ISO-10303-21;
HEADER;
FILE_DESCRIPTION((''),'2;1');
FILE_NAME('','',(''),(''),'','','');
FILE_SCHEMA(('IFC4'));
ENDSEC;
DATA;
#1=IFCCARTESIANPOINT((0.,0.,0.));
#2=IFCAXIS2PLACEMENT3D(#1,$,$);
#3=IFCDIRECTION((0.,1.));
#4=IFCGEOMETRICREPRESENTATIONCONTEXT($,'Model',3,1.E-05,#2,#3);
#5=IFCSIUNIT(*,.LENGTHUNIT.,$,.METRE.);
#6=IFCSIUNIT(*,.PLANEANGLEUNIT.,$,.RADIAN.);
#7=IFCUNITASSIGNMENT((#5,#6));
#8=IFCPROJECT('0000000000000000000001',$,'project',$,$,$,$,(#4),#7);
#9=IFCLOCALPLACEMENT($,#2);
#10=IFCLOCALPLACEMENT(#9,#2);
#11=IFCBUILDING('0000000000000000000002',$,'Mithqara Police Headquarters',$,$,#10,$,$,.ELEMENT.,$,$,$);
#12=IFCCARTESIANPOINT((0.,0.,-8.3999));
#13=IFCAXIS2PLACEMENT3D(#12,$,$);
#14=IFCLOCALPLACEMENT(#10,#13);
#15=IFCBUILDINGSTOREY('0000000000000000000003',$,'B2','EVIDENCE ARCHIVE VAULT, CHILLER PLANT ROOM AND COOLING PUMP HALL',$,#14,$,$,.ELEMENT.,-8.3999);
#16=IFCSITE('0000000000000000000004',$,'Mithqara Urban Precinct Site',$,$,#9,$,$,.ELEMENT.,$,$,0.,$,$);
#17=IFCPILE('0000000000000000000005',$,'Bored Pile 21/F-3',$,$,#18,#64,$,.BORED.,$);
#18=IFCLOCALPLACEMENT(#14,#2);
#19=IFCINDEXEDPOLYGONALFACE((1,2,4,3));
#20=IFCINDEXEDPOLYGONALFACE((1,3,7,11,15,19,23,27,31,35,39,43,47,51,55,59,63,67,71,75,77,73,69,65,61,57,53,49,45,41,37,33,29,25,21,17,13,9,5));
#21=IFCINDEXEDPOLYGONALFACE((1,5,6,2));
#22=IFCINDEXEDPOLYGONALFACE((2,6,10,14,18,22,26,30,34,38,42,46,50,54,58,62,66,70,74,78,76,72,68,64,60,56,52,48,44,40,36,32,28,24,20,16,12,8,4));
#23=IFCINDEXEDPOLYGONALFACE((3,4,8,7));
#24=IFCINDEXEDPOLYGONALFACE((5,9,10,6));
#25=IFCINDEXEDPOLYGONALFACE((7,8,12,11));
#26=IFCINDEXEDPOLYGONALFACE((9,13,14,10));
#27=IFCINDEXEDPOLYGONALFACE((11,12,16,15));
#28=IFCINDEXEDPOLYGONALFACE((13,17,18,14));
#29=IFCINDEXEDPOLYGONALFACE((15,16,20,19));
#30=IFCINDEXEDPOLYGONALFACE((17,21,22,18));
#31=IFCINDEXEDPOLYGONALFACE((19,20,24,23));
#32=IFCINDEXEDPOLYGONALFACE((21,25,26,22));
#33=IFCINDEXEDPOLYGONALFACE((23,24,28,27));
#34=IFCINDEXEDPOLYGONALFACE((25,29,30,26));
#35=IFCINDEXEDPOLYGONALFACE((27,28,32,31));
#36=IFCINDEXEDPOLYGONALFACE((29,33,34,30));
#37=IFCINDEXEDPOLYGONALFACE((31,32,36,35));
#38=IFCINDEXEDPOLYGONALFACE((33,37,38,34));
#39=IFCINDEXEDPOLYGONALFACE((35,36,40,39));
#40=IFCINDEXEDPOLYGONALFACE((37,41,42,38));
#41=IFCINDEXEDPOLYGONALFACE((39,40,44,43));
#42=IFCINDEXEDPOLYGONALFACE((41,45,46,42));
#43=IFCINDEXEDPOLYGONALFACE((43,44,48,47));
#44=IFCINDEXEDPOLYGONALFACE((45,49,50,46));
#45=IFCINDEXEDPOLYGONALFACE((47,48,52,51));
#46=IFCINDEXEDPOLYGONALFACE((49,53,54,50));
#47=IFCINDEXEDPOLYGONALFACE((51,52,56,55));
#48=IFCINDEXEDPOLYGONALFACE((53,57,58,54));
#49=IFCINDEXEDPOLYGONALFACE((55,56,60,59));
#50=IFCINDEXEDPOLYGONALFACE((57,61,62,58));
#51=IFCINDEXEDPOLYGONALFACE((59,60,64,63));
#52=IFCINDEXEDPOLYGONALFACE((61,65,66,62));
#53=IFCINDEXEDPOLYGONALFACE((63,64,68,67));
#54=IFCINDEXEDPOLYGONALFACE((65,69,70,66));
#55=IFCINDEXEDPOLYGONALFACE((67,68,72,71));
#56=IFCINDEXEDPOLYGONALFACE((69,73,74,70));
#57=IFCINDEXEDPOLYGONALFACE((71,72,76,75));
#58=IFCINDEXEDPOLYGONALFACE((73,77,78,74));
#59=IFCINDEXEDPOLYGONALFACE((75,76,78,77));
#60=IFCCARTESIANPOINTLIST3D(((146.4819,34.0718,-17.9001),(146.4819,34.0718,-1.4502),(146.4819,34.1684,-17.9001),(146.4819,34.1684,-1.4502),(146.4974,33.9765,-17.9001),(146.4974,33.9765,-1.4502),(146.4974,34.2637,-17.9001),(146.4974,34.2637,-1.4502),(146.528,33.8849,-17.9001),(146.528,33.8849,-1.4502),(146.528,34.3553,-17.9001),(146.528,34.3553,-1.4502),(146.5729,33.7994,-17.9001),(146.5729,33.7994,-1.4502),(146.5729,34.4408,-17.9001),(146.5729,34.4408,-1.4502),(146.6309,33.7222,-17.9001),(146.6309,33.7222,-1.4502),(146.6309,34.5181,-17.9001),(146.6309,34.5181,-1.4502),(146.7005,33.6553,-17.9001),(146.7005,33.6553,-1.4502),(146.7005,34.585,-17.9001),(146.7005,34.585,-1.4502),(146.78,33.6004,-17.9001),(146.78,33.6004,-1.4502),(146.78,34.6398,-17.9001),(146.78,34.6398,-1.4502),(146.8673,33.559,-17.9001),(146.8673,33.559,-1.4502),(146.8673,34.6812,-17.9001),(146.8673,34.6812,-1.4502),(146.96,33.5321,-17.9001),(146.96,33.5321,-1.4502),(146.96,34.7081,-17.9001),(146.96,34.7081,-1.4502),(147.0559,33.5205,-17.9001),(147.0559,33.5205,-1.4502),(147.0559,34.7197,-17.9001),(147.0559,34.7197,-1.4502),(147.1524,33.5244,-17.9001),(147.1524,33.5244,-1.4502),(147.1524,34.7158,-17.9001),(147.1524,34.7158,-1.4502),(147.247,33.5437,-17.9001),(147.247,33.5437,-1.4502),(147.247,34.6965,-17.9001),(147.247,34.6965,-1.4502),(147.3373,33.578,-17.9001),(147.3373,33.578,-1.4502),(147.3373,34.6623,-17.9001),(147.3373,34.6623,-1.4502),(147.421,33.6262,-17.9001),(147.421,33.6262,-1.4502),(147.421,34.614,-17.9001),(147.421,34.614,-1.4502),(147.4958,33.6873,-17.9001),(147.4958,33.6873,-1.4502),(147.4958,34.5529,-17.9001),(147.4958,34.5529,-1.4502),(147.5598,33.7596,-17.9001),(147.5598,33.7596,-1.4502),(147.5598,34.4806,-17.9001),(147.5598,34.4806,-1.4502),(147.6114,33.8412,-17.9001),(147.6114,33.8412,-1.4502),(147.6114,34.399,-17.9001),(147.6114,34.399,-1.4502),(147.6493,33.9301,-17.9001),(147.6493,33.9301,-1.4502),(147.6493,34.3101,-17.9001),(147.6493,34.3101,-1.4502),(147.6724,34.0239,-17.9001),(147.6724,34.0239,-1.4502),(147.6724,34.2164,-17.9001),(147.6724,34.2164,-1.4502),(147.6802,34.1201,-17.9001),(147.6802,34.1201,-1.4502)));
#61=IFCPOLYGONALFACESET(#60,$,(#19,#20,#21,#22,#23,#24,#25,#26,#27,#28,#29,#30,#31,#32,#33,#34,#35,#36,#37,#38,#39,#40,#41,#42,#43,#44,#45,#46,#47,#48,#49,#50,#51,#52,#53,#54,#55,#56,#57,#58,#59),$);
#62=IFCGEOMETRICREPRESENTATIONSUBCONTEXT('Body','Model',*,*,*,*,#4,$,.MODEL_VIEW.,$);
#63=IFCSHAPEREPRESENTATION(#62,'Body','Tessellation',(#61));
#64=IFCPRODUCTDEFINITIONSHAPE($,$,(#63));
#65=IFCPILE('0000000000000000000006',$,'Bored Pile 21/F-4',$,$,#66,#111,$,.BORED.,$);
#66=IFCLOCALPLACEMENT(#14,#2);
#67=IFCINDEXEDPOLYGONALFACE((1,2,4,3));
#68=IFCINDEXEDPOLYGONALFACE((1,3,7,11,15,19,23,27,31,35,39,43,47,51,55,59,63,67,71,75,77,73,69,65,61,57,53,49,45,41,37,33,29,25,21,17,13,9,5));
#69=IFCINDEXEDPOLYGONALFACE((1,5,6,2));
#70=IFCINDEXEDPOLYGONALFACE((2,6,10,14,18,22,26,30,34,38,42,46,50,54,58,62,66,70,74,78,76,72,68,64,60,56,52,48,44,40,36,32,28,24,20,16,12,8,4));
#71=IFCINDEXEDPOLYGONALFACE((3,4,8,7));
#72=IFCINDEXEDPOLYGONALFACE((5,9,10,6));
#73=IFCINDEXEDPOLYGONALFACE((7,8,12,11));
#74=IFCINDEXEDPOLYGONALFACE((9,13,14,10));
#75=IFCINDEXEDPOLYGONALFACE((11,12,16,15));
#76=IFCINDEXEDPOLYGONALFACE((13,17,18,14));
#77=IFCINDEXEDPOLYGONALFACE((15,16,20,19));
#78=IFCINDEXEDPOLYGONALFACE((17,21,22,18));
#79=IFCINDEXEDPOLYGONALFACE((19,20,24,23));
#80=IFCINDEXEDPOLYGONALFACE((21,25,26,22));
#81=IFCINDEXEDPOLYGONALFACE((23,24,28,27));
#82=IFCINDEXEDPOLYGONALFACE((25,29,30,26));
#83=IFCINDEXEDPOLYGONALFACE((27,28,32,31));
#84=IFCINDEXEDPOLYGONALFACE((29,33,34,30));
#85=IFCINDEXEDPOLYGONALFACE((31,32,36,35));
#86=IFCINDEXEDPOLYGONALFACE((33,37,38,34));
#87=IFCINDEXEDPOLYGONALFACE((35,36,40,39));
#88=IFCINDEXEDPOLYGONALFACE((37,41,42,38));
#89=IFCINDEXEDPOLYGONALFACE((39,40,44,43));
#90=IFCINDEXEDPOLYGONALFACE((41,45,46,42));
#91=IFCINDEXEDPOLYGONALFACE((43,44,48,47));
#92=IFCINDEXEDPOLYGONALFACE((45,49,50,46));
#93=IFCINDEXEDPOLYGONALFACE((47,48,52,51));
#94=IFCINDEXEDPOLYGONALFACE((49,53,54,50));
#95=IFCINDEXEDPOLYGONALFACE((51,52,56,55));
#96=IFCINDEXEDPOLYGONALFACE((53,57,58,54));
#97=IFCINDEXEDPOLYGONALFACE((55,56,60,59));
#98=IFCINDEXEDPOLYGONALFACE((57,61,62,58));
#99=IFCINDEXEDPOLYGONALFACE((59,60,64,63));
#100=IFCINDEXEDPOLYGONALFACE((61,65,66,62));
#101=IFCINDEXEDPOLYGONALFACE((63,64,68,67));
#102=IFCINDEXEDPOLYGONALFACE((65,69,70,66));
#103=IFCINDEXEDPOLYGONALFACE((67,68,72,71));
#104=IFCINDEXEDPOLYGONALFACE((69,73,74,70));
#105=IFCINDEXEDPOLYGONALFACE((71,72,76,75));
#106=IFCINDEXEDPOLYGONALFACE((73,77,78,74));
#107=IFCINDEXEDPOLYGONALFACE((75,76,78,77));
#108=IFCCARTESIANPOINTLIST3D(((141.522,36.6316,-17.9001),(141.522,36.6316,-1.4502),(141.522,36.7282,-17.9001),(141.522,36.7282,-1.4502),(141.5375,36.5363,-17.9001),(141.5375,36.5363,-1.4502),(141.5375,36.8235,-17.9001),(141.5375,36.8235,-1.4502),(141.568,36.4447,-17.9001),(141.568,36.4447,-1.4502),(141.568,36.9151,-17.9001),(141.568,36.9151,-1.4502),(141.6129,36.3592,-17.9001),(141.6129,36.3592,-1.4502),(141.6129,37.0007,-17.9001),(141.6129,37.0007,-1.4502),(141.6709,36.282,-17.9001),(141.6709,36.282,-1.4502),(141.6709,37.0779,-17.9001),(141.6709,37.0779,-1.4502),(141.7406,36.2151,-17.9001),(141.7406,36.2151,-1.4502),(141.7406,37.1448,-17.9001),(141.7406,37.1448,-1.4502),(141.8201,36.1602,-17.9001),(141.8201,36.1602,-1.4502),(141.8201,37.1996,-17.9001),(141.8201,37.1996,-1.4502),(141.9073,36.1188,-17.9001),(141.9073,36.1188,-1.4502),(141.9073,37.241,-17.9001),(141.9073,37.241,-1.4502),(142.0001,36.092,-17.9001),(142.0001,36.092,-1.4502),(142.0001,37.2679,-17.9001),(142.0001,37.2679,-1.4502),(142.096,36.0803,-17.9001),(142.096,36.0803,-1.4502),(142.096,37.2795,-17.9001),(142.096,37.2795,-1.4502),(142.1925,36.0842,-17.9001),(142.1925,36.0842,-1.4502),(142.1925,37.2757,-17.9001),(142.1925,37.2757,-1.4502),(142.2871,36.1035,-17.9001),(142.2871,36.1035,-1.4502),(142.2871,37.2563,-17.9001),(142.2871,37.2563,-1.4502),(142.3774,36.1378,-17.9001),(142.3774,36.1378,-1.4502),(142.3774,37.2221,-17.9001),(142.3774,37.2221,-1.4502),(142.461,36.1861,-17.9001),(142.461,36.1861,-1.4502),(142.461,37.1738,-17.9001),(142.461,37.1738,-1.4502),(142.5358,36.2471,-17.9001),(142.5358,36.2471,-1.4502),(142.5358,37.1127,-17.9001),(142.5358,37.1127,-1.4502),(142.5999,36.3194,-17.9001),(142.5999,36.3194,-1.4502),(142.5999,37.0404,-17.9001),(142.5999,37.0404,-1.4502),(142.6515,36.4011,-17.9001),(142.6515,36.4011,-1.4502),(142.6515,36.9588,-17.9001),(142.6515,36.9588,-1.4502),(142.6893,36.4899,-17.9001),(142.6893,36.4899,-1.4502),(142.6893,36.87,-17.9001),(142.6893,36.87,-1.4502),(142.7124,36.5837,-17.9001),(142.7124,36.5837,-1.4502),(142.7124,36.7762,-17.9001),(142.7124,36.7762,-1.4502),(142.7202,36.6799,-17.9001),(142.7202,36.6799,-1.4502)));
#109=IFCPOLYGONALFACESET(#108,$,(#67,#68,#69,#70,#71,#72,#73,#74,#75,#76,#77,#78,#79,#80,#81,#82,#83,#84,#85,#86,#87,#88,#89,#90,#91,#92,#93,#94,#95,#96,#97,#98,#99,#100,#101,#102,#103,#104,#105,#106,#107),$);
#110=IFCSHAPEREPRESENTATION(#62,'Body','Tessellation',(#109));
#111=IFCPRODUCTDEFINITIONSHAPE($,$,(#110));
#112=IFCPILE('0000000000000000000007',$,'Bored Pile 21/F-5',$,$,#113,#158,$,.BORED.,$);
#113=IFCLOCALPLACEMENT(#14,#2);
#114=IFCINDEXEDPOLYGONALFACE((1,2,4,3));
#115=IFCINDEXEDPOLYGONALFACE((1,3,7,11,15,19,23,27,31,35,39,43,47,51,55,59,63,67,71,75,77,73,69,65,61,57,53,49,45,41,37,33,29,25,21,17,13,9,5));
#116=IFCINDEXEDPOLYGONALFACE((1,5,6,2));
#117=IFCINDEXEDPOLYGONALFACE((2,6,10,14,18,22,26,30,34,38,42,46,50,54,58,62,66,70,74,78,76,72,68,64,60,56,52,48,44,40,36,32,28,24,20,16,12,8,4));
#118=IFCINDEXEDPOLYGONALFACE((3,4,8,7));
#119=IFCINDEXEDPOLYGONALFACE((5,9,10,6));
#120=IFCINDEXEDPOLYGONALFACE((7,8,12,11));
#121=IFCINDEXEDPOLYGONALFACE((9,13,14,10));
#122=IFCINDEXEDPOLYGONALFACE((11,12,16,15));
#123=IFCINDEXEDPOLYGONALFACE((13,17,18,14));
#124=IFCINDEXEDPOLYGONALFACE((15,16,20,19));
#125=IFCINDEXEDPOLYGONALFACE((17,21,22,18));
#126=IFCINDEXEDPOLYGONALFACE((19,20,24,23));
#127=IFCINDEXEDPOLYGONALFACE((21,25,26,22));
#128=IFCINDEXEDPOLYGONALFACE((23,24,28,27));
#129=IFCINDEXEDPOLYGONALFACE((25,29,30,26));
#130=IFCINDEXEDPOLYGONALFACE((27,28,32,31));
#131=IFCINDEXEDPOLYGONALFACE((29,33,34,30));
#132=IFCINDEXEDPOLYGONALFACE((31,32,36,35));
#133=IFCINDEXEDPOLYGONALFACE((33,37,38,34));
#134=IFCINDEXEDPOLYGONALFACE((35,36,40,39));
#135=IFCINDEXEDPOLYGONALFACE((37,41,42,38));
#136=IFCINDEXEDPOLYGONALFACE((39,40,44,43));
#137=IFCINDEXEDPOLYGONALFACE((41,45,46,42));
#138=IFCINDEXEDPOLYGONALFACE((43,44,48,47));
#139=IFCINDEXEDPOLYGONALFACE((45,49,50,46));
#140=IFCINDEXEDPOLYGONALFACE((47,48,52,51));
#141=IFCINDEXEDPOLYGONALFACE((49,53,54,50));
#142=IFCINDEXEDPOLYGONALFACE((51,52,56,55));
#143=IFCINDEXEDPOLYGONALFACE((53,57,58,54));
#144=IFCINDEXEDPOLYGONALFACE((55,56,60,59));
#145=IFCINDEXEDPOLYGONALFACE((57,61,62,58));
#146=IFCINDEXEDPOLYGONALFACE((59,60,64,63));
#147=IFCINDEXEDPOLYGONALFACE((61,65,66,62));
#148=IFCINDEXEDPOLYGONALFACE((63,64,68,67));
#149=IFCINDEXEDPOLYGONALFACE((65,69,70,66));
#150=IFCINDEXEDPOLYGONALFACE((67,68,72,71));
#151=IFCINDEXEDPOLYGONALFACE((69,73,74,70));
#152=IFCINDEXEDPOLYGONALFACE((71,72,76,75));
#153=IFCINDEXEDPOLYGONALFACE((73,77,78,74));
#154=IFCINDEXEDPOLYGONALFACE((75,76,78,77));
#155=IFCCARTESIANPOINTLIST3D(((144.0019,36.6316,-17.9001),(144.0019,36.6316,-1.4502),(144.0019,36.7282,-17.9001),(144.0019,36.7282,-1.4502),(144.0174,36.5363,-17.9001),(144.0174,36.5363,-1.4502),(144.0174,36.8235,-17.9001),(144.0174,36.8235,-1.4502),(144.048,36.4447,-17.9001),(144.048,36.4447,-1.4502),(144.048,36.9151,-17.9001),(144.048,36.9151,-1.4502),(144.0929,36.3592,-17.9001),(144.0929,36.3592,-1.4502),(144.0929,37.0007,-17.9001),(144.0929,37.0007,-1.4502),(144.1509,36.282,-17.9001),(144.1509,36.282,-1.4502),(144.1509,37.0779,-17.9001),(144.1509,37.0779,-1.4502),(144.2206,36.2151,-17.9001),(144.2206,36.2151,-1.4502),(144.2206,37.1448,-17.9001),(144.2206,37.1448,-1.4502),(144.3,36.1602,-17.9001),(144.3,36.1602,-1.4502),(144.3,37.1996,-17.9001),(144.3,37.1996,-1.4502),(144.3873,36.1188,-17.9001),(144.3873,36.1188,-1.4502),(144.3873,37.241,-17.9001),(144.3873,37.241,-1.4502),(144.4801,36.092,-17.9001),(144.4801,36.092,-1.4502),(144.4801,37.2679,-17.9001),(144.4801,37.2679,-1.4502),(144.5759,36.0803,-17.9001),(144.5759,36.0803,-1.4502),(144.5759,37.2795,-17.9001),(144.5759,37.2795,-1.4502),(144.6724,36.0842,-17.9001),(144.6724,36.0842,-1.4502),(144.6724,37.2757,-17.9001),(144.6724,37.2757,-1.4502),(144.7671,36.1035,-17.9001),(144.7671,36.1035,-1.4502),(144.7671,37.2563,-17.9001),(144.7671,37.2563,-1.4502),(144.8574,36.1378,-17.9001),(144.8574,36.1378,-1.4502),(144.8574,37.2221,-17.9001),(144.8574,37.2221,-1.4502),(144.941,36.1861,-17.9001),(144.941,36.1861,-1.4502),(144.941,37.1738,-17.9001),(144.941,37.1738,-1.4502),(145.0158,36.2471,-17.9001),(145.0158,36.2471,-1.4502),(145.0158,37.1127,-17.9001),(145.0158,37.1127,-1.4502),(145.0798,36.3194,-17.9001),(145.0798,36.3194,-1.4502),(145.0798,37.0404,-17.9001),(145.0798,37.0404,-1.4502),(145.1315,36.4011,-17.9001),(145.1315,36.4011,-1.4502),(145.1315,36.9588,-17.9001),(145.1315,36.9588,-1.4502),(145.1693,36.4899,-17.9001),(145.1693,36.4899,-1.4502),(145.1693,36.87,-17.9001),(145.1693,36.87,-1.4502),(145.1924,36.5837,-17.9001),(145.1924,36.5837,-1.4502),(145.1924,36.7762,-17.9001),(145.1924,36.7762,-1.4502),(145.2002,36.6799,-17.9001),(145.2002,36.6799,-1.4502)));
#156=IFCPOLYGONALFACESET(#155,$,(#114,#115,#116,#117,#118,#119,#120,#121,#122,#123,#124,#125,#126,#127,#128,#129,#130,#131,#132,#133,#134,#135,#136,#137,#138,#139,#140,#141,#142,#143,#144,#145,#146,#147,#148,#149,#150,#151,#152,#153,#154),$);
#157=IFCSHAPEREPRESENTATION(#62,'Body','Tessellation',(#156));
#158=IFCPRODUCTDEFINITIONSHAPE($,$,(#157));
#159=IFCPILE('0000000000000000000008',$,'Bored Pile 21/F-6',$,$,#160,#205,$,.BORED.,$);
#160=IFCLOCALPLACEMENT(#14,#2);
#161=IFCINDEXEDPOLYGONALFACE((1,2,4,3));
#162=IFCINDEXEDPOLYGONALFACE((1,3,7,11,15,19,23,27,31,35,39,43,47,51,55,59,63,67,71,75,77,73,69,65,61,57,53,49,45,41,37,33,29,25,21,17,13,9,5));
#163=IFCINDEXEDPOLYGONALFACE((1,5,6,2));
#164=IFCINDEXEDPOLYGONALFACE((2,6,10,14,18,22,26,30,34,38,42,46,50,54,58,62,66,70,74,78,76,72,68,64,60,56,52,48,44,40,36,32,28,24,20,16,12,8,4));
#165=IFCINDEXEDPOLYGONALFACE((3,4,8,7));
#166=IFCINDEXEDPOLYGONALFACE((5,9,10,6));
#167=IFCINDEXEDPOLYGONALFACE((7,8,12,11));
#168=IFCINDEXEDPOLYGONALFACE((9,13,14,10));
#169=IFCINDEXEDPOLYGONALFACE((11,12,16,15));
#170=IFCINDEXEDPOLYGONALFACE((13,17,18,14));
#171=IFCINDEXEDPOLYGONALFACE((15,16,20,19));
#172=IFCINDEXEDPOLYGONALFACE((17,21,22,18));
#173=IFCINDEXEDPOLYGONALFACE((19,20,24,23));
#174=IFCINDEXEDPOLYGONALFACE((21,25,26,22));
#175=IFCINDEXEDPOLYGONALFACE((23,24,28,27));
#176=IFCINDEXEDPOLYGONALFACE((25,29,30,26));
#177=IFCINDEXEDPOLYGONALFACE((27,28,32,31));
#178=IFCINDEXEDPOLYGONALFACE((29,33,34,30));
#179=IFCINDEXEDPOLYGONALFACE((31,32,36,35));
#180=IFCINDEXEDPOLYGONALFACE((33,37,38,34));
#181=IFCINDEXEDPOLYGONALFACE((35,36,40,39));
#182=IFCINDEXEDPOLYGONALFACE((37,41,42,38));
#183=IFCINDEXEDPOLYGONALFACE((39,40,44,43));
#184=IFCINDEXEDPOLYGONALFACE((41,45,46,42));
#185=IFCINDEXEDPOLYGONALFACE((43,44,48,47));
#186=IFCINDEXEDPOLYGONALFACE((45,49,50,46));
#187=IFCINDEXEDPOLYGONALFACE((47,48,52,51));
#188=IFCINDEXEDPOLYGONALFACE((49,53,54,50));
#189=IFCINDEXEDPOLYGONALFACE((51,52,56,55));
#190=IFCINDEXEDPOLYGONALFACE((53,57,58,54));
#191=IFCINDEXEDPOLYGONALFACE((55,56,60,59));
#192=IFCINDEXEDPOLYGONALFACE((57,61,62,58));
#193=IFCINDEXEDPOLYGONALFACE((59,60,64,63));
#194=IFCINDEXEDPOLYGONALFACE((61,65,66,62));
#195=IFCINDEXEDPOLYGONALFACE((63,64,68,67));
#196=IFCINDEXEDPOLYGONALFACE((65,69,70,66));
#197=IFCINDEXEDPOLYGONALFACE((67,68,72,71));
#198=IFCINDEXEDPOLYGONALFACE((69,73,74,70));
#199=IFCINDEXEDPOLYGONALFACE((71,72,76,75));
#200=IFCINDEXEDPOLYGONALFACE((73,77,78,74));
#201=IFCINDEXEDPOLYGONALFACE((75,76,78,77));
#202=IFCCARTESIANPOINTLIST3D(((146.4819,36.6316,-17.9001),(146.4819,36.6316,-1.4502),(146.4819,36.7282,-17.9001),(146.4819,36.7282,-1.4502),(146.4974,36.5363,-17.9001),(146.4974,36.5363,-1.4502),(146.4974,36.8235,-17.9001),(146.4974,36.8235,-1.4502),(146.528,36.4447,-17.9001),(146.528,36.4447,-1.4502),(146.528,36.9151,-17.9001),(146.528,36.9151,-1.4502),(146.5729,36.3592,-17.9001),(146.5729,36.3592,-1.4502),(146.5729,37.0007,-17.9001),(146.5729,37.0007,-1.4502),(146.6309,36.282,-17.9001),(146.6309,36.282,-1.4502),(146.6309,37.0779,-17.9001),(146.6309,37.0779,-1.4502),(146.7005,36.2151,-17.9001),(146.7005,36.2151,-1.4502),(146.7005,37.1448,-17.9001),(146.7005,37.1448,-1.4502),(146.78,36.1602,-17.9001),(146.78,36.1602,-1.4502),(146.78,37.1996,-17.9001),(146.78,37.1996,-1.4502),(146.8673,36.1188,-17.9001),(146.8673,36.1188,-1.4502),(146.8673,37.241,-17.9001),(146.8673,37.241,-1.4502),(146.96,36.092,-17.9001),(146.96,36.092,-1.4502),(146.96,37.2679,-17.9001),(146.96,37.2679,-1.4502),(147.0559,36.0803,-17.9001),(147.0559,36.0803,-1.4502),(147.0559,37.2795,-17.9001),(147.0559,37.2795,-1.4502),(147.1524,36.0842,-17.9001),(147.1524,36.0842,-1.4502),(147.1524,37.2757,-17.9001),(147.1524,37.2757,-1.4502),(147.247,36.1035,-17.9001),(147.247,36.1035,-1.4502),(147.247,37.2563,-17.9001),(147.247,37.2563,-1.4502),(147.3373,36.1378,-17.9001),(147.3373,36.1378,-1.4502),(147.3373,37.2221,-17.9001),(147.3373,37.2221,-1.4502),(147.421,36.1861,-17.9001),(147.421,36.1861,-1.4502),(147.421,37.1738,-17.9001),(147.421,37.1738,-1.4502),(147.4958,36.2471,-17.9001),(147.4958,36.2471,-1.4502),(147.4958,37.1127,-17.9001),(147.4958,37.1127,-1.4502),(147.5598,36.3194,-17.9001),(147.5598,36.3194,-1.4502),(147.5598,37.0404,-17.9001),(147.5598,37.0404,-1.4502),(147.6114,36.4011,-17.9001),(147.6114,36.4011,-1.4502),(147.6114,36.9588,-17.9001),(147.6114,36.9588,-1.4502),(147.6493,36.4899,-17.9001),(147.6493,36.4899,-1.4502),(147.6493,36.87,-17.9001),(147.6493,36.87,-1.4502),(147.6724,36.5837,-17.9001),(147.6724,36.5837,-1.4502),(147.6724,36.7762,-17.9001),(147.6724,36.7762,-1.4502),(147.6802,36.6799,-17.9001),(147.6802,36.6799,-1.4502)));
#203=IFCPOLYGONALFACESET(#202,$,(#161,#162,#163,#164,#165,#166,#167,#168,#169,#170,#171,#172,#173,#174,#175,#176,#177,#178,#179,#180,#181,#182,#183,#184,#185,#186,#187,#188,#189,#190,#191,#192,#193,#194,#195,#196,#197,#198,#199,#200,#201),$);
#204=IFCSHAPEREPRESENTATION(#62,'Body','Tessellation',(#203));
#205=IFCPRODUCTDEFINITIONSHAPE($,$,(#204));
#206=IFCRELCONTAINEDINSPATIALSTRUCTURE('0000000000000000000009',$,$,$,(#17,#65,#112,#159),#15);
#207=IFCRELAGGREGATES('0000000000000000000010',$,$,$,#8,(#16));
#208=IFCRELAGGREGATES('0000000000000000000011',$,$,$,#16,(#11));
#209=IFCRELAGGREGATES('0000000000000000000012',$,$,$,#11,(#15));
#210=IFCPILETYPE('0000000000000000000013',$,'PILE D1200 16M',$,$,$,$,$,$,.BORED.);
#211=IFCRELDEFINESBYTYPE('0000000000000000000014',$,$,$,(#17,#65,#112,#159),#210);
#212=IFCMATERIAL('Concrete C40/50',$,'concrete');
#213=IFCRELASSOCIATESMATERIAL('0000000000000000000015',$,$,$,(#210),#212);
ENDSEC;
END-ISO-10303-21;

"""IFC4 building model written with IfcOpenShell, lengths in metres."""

from ifc_helpers import new_model, si_unit, direction, frame, origin, origin_2d, place, context, subcontext, project, spatial, circle, extrude, material, material_profile, profile_set, type_object, element, save


model = new_model("IFC4")

# Units and contexts
model_context = context("Model", 3, precision=1e-05, world=origin(), true_north=direction((0.0, 1.0)))
body_context = subcontext(model_context, "Body", "Model", "MODEL_VIEW")
ifc_project = project(units=[si_unit("LENGTHUNIT", "METRE"), si_unit("PLANEANGLEUNIT", "RADIAN")], contexts=[model_context])

# Site, building, storey
site_placement = place(None, origin())
site = spatial("IfcSite", under=ifc_project, at=site_placement, Name="Mithqara Urban Precinct Site", CompositionType="ELEMENT", RefElevation=0.0)
building_placement = place(site_placement, origin())
building = spatial("IfcBuilding", under=site, at=building_placement, Name="Mithqara Police Headquarters", CompositionType="ELEMENT")
storey_placement = place(building_placement, frame((0.0, 0.0, -8.3999)))
storey = spatial("IfcBuildingStorey", under=building, at=storey_placement, Name="B2", Description="EVIDENCE ARCHIVE VAULT, CHILLER PLANT ROOM AND COOLING PUMP HALL", CompositionType="ELEMENT", Elevation=-8.3999)

# Shared definitions
ifc_material_1 = material(Name="Concrete C40/50", Category="concrete")

# Piles
ifc_material_profile_1 = material_profile(ifc_material_1, circle(Radius=0.6001, at=origin_2d()), Name="PILE D1200")
ifc_profile_set_1 = profile_set([ifc_material_profile_1], Name="Concrete C40/50")
pile_type = type_object("IfcPileType", Name="PILE D1200 16M", PredefinedType="BORED", material=ifc_profile_set_1)
for number, where, z_axis, x_axis, name in (
    (1, (147.0801, 34.1201, -1.4502), (0.0, 0.0, -1.0), (1.0, 0.0, 0.0), "Bored Pile 21/F-3"),
    (2, (142.1201, 36.6799, -1.4502), (0.0, 0.0, -1.0), (1.0, 0.0, 0.0), "Bored Pile 21/F-4"),
    (3, (144.6001, 36.6799, -1.4502), (0.0, 0.0, -1.0), (1.0, 0.0, 0.0), "Bored Pile 21/F-5"),
    (4, (147.0801, 36.6799, -1.4502), (0.0, 0.0, -1.0), (1.0, 0.0, 0.0), "Bored Pile 21/F-6"),
):
    element("IfcPile", number, at=place(storey_placement, frame(where, z_axis=z_axis, x_axis=x_axis)), inside=storey, type_object=pile_type, Name=name, PredefinedType="BORED", context=body_context, shape_type="SweptSolid", body=[
        extrude(circle(Radius=0.6001, at=origin_2d()), origin(), (0.0, 0.0, 1.0), 16.45),
    ])

save(model, "model.ifc")
